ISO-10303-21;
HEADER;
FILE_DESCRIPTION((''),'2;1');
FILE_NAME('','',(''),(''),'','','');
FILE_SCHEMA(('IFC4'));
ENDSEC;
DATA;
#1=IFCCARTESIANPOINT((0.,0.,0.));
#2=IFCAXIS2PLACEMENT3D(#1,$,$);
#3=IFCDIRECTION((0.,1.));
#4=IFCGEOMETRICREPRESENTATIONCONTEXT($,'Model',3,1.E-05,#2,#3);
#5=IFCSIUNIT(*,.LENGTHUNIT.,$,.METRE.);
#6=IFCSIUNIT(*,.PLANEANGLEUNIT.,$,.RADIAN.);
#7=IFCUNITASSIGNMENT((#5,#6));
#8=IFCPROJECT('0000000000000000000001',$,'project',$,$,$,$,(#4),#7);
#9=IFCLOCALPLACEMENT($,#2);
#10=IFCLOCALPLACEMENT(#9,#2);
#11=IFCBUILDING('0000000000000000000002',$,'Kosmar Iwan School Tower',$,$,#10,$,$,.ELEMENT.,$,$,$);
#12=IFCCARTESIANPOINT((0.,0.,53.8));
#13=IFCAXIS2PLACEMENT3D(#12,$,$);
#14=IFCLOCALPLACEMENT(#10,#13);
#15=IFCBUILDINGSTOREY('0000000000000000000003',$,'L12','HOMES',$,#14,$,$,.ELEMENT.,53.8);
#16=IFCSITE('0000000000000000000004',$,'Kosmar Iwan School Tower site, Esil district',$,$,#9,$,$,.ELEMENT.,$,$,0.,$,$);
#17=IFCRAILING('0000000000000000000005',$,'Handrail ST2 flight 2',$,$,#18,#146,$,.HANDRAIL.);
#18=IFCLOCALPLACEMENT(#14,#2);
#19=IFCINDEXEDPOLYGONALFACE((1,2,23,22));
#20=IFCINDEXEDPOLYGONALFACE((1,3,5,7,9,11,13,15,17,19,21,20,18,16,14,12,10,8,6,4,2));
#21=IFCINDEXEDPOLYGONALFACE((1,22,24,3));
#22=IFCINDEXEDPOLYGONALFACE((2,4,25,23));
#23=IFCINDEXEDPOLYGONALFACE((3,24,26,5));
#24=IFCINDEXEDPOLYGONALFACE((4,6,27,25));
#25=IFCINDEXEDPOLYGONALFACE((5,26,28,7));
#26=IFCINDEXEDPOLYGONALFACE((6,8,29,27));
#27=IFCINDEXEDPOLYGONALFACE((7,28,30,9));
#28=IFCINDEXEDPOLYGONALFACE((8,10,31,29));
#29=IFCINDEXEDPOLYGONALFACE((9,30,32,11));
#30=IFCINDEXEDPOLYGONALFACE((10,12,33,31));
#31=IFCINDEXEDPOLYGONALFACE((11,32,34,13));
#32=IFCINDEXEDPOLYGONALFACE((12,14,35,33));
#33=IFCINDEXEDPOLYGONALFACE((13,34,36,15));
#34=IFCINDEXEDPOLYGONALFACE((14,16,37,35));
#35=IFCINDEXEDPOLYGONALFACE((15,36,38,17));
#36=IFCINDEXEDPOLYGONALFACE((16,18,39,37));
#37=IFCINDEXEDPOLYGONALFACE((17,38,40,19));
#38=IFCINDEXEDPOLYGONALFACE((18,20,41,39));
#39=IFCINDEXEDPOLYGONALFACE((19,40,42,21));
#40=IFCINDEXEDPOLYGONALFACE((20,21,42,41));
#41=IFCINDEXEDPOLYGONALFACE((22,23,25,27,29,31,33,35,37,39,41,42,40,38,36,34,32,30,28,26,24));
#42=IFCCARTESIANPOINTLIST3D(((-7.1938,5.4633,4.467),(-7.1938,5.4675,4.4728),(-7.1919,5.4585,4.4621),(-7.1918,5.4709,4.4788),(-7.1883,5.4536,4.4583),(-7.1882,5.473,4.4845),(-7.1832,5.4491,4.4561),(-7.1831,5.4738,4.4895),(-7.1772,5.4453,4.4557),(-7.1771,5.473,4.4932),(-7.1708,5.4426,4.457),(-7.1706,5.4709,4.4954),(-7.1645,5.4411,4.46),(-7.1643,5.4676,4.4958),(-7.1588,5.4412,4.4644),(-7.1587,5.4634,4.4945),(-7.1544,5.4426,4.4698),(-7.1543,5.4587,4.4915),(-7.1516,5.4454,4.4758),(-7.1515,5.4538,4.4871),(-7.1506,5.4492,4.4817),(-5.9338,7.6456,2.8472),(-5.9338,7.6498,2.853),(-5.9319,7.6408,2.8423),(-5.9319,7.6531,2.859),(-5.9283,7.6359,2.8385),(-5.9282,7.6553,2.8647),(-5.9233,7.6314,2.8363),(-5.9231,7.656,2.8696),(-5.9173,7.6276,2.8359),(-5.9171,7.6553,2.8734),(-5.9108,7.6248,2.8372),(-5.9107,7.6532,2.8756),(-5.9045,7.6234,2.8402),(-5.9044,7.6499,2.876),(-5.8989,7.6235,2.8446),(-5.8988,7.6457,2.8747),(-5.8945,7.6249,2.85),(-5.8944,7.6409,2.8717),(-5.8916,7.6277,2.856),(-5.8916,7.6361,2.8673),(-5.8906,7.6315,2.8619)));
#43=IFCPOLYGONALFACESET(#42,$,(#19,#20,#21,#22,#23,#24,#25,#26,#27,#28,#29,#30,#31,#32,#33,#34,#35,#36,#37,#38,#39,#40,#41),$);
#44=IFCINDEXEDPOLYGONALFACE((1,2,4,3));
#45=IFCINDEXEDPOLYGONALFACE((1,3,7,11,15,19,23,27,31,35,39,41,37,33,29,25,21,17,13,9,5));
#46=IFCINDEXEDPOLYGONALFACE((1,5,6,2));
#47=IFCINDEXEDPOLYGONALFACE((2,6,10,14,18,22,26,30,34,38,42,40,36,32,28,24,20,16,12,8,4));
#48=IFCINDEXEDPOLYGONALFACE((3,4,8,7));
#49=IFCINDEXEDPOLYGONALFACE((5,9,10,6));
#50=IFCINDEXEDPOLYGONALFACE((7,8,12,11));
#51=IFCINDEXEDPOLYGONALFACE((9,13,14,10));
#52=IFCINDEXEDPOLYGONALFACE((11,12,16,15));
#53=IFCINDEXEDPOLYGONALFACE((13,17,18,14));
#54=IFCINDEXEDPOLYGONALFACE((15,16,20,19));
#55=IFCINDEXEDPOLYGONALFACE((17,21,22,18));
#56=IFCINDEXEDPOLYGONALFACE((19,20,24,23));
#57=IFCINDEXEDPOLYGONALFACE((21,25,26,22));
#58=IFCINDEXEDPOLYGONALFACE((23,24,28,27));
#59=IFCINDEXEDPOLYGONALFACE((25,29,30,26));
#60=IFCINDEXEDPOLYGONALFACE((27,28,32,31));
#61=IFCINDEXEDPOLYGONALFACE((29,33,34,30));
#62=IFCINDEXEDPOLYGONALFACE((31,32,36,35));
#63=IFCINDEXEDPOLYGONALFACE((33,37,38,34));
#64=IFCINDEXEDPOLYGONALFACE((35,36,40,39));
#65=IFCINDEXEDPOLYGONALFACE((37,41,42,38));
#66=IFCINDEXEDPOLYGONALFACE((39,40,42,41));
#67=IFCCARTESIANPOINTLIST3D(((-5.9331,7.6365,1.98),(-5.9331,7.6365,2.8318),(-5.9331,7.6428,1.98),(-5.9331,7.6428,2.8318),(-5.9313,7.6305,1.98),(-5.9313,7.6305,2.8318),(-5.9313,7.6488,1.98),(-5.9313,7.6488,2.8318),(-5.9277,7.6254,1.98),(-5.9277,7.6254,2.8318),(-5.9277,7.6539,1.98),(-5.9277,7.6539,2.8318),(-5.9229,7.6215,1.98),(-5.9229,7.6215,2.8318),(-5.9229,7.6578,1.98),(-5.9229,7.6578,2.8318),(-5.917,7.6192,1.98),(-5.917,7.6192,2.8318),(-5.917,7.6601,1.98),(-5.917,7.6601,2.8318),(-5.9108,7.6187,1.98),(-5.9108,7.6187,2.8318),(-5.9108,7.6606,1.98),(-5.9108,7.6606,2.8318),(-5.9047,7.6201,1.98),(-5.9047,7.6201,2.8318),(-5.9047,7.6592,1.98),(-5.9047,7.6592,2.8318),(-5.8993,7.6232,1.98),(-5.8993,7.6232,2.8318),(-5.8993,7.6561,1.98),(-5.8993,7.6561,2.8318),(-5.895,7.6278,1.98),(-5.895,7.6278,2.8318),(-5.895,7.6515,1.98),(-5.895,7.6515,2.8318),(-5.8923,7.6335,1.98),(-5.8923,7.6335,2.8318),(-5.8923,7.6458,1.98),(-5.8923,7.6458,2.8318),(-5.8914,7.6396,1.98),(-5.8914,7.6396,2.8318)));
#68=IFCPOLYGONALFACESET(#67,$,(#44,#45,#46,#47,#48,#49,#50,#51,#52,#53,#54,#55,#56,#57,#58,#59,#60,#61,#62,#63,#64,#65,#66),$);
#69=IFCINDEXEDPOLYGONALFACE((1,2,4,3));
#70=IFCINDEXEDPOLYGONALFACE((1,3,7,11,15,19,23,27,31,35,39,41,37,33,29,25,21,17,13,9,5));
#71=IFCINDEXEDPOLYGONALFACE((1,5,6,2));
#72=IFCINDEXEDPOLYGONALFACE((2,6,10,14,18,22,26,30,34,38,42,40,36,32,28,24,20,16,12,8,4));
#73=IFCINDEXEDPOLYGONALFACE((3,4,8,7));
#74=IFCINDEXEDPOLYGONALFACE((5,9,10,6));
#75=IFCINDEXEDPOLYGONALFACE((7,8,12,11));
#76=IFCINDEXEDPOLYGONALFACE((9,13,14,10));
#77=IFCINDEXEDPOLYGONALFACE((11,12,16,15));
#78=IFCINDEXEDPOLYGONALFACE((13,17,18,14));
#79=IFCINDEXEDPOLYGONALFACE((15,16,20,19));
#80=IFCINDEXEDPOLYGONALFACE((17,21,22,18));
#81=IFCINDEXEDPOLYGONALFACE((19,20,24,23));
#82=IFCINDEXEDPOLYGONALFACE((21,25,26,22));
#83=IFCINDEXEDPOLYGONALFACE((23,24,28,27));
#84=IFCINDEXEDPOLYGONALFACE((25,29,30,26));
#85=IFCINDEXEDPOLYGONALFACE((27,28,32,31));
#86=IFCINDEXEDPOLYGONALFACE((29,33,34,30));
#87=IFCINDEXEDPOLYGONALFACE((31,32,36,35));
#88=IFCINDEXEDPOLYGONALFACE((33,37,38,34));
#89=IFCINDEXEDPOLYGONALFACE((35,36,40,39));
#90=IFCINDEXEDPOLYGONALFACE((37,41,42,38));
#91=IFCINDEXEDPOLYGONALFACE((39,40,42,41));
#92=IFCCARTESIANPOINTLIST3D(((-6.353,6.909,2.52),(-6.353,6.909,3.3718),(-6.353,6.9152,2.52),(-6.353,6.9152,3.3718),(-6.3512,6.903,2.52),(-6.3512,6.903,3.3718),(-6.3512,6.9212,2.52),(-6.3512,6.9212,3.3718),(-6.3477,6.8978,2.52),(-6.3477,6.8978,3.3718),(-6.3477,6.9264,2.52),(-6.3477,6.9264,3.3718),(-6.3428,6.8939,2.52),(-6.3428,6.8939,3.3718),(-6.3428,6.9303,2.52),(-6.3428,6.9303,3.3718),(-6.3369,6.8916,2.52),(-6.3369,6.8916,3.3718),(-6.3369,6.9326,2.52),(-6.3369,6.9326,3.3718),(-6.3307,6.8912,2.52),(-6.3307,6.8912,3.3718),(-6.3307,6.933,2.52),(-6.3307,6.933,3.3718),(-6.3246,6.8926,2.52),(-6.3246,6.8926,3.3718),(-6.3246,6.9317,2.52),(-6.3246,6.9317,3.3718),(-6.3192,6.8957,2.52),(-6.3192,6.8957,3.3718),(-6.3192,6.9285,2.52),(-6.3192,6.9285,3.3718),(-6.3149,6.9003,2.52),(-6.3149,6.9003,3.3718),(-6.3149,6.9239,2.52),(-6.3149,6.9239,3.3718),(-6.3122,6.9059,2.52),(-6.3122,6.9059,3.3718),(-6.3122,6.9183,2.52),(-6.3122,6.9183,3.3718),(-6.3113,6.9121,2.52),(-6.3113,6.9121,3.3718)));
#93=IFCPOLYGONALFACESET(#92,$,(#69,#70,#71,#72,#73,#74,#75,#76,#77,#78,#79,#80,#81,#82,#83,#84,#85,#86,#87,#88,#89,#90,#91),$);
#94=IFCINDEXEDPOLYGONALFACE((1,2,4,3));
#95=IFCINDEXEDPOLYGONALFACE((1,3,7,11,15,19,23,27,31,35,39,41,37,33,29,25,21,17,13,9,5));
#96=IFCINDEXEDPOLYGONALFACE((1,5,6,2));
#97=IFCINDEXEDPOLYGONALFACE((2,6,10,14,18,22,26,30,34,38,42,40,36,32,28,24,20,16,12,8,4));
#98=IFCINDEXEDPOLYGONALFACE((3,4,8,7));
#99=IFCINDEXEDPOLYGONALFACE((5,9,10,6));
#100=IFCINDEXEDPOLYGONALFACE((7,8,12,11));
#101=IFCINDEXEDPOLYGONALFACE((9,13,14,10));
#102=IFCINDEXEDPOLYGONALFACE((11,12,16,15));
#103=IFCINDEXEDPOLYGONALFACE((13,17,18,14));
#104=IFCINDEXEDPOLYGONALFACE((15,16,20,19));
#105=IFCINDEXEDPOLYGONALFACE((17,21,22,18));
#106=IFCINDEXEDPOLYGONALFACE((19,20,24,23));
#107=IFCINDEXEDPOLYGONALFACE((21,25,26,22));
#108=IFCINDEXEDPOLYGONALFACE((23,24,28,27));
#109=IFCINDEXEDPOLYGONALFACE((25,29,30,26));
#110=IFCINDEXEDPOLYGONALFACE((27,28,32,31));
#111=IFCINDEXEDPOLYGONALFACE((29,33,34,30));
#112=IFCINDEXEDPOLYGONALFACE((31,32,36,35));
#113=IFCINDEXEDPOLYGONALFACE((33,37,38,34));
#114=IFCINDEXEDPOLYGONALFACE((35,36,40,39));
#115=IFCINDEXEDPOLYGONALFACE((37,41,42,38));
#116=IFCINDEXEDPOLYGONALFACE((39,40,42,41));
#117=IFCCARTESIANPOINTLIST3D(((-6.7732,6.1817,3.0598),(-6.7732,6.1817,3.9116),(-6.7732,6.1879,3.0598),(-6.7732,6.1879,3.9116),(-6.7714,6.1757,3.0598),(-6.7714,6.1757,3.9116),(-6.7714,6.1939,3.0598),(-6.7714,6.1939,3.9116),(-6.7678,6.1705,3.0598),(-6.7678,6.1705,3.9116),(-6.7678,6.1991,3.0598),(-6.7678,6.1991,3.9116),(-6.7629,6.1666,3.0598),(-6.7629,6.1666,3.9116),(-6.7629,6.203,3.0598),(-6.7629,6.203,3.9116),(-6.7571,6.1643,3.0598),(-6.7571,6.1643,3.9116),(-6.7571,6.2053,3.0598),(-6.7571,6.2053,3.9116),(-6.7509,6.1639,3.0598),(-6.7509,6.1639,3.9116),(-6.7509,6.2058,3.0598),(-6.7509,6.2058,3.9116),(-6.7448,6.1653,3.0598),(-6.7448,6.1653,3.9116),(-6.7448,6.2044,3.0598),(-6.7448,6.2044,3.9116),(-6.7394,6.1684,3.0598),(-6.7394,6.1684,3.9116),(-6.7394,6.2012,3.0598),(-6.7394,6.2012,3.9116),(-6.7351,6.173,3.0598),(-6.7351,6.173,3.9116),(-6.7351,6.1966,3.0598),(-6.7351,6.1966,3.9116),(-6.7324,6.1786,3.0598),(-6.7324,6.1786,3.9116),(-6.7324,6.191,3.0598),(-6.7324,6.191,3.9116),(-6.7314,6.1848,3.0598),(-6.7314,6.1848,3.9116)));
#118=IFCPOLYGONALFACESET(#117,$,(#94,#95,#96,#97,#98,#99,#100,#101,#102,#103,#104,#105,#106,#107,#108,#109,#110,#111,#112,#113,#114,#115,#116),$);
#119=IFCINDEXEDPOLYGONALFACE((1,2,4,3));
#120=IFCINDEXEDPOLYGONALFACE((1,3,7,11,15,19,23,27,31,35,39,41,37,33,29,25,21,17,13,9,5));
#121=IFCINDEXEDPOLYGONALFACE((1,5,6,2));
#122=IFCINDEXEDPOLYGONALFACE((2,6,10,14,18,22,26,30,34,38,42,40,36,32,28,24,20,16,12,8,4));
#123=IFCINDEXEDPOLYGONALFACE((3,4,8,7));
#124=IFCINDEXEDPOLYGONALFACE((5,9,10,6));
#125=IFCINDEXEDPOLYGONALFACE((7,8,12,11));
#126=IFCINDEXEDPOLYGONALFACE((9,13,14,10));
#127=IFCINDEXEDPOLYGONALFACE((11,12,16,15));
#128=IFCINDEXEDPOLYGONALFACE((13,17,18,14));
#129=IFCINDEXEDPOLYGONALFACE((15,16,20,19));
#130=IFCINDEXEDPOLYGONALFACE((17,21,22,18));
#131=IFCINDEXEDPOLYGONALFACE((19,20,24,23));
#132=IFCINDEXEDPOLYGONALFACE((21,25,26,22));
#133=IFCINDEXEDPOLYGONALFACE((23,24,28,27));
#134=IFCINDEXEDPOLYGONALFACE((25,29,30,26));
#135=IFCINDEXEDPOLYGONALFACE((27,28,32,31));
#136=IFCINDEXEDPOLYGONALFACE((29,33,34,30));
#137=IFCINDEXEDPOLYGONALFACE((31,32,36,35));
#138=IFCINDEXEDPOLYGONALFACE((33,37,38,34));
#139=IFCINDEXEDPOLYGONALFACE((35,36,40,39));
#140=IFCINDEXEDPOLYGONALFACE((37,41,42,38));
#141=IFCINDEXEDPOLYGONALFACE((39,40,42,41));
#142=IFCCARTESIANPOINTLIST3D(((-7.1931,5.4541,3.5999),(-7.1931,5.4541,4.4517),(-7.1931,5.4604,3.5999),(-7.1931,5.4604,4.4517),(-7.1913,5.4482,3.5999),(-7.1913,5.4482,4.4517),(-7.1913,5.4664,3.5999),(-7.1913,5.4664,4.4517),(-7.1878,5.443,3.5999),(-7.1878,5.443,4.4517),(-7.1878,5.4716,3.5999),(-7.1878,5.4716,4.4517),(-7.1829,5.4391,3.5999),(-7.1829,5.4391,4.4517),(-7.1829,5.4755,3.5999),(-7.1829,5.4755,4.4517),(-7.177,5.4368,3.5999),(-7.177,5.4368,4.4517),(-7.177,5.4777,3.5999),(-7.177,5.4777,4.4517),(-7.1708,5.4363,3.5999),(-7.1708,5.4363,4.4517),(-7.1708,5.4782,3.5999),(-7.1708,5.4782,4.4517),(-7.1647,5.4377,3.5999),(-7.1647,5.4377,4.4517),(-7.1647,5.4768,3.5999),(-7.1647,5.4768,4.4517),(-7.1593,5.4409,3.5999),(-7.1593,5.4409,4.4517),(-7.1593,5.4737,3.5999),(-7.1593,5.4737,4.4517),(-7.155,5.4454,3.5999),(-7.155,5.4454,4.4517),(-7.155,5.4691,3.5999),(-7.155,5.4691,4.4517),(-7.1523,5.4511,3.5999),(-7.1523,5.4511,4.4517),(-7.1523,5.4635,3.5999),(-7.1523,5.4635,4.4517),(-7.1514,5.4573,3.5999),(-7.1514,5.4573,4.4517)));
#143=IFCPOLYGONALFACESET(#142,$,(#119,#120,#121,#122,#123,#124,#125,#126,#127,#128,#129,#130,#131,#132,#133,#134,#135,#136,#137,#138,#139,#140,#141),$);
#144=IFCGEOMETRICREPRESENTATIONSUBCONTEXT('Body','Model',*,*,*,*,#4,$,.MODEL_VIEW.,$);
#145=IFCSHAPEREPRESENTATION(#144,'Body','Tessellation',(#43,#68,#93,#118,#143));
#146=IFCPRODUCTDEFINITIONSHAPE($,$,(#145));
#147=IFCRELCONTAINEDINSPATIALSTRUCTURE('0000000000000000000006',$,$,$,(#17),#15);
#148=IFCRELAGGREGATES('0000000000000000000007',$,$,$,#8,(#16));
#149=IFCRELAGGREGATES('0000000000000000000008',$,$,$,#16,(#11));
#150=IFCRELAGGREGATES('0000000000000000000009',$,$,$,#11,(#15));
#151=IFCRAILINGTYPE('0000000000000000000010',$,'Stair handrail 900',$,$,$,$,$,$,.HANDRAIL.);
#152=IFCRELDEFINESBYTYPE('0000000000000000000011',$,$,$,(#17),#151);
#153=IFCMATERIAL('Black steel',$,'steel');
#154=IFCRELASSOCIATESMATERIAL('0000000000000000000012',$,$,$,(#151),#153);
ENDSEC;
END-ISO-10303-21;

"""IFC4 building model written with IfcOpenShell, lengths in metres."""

from ifc_helpers import new_model, si_unit, direction, frame, origin, origin_2d, place, context, subcontext, project, spatial, circle, extrude, material, type_object, element, save


model = new_model("IFC4")

# Units and contexts
model_context = context("Model", 3, precision=1e-05, world=origin(), true_north=direction((0.0, 1.0)))
body_context = subcontext(model_context, "Body", "Model", "MODEL_VIEW")
ifc_project = project(units=[si_unit("LENGTHUNIT", "METRE"), si_unit("PLANEANGLEUNIT", "RADIAN")], contexts=[model_context])

# Site, building, storey
site_placement = place(None, origin())
site = spatial("IfcSite", under=ifc_project, at=site_placement, Name="Kosmar Iwan School Tower site, Esil district", CompositionType="ELEMENT", RefElevation=0.0)
building_placement = place(site_placement, origin())
building = spatial("IfcBuilding", under=site, at=building_placement, Name="Kosmar Iwan School Tower", CompositionType="ELEMENT")
storey_placement = place(building_placement, frame((0.0, 0.0, 53.8)))
storey = spatial("IfcBuildingStorey", under=building, at=storey_placement, Name="L12", Description="HOMES", CompositionType="ELEMENT", Elevation=53.8)

# Railing
ifc_material_1 = material(Name="Black steel", Category="steel")
railing_type = type_object("IfcRailingType", Name="Stair handrail 900", PredefinedType="HANDRAIL", material=ifc_material_1)
railing_placement = place(storey_placement, frame((-5.9124, 7.6396, 1.98)))
element("IfcRailing", 1, at=railing_placement, inside=storey, type_object=railing_type, Name="Handrail ST2 flight 2", PredefinedType="HANDRAIL", context=body_context, shape_type="SweptSolid", body=[
    extrude(circle(Radius=0.0239, at=origin_2d()), frame((0.0, 0.0, 0.876), z_axis=(-0.420603, -0.728496, 0.540728), x_axis=(0.866023, -0.500005, 0.0)), (0.0, 0.0, 1.0), 2.9956),
    extrude(circle(Radius=0.021, at=origin_2d()), origin(), (0.0, 0.0, 1.0), 0.8518),
    extrude(circle(Radius=0.021, at=origin_2d()), frame((-0.4199, -0.7275, 0.54)), (0.0, 0.0, 1.0), 0.8518),
    extrude(circle(Radius=0.021, at=origin_2d()), frame((-0.8401, -1.4548, 1.0798)), (0.0, 0.0, 1.0), 0.8518),
    extrude(circle(Radius=0.021, at=origin_2d()), frame((-1.26, -2.1824, 1.6199)), (0.0, 0.0, 1.0), 0.8518),
])

save(model, "model.ifc")
